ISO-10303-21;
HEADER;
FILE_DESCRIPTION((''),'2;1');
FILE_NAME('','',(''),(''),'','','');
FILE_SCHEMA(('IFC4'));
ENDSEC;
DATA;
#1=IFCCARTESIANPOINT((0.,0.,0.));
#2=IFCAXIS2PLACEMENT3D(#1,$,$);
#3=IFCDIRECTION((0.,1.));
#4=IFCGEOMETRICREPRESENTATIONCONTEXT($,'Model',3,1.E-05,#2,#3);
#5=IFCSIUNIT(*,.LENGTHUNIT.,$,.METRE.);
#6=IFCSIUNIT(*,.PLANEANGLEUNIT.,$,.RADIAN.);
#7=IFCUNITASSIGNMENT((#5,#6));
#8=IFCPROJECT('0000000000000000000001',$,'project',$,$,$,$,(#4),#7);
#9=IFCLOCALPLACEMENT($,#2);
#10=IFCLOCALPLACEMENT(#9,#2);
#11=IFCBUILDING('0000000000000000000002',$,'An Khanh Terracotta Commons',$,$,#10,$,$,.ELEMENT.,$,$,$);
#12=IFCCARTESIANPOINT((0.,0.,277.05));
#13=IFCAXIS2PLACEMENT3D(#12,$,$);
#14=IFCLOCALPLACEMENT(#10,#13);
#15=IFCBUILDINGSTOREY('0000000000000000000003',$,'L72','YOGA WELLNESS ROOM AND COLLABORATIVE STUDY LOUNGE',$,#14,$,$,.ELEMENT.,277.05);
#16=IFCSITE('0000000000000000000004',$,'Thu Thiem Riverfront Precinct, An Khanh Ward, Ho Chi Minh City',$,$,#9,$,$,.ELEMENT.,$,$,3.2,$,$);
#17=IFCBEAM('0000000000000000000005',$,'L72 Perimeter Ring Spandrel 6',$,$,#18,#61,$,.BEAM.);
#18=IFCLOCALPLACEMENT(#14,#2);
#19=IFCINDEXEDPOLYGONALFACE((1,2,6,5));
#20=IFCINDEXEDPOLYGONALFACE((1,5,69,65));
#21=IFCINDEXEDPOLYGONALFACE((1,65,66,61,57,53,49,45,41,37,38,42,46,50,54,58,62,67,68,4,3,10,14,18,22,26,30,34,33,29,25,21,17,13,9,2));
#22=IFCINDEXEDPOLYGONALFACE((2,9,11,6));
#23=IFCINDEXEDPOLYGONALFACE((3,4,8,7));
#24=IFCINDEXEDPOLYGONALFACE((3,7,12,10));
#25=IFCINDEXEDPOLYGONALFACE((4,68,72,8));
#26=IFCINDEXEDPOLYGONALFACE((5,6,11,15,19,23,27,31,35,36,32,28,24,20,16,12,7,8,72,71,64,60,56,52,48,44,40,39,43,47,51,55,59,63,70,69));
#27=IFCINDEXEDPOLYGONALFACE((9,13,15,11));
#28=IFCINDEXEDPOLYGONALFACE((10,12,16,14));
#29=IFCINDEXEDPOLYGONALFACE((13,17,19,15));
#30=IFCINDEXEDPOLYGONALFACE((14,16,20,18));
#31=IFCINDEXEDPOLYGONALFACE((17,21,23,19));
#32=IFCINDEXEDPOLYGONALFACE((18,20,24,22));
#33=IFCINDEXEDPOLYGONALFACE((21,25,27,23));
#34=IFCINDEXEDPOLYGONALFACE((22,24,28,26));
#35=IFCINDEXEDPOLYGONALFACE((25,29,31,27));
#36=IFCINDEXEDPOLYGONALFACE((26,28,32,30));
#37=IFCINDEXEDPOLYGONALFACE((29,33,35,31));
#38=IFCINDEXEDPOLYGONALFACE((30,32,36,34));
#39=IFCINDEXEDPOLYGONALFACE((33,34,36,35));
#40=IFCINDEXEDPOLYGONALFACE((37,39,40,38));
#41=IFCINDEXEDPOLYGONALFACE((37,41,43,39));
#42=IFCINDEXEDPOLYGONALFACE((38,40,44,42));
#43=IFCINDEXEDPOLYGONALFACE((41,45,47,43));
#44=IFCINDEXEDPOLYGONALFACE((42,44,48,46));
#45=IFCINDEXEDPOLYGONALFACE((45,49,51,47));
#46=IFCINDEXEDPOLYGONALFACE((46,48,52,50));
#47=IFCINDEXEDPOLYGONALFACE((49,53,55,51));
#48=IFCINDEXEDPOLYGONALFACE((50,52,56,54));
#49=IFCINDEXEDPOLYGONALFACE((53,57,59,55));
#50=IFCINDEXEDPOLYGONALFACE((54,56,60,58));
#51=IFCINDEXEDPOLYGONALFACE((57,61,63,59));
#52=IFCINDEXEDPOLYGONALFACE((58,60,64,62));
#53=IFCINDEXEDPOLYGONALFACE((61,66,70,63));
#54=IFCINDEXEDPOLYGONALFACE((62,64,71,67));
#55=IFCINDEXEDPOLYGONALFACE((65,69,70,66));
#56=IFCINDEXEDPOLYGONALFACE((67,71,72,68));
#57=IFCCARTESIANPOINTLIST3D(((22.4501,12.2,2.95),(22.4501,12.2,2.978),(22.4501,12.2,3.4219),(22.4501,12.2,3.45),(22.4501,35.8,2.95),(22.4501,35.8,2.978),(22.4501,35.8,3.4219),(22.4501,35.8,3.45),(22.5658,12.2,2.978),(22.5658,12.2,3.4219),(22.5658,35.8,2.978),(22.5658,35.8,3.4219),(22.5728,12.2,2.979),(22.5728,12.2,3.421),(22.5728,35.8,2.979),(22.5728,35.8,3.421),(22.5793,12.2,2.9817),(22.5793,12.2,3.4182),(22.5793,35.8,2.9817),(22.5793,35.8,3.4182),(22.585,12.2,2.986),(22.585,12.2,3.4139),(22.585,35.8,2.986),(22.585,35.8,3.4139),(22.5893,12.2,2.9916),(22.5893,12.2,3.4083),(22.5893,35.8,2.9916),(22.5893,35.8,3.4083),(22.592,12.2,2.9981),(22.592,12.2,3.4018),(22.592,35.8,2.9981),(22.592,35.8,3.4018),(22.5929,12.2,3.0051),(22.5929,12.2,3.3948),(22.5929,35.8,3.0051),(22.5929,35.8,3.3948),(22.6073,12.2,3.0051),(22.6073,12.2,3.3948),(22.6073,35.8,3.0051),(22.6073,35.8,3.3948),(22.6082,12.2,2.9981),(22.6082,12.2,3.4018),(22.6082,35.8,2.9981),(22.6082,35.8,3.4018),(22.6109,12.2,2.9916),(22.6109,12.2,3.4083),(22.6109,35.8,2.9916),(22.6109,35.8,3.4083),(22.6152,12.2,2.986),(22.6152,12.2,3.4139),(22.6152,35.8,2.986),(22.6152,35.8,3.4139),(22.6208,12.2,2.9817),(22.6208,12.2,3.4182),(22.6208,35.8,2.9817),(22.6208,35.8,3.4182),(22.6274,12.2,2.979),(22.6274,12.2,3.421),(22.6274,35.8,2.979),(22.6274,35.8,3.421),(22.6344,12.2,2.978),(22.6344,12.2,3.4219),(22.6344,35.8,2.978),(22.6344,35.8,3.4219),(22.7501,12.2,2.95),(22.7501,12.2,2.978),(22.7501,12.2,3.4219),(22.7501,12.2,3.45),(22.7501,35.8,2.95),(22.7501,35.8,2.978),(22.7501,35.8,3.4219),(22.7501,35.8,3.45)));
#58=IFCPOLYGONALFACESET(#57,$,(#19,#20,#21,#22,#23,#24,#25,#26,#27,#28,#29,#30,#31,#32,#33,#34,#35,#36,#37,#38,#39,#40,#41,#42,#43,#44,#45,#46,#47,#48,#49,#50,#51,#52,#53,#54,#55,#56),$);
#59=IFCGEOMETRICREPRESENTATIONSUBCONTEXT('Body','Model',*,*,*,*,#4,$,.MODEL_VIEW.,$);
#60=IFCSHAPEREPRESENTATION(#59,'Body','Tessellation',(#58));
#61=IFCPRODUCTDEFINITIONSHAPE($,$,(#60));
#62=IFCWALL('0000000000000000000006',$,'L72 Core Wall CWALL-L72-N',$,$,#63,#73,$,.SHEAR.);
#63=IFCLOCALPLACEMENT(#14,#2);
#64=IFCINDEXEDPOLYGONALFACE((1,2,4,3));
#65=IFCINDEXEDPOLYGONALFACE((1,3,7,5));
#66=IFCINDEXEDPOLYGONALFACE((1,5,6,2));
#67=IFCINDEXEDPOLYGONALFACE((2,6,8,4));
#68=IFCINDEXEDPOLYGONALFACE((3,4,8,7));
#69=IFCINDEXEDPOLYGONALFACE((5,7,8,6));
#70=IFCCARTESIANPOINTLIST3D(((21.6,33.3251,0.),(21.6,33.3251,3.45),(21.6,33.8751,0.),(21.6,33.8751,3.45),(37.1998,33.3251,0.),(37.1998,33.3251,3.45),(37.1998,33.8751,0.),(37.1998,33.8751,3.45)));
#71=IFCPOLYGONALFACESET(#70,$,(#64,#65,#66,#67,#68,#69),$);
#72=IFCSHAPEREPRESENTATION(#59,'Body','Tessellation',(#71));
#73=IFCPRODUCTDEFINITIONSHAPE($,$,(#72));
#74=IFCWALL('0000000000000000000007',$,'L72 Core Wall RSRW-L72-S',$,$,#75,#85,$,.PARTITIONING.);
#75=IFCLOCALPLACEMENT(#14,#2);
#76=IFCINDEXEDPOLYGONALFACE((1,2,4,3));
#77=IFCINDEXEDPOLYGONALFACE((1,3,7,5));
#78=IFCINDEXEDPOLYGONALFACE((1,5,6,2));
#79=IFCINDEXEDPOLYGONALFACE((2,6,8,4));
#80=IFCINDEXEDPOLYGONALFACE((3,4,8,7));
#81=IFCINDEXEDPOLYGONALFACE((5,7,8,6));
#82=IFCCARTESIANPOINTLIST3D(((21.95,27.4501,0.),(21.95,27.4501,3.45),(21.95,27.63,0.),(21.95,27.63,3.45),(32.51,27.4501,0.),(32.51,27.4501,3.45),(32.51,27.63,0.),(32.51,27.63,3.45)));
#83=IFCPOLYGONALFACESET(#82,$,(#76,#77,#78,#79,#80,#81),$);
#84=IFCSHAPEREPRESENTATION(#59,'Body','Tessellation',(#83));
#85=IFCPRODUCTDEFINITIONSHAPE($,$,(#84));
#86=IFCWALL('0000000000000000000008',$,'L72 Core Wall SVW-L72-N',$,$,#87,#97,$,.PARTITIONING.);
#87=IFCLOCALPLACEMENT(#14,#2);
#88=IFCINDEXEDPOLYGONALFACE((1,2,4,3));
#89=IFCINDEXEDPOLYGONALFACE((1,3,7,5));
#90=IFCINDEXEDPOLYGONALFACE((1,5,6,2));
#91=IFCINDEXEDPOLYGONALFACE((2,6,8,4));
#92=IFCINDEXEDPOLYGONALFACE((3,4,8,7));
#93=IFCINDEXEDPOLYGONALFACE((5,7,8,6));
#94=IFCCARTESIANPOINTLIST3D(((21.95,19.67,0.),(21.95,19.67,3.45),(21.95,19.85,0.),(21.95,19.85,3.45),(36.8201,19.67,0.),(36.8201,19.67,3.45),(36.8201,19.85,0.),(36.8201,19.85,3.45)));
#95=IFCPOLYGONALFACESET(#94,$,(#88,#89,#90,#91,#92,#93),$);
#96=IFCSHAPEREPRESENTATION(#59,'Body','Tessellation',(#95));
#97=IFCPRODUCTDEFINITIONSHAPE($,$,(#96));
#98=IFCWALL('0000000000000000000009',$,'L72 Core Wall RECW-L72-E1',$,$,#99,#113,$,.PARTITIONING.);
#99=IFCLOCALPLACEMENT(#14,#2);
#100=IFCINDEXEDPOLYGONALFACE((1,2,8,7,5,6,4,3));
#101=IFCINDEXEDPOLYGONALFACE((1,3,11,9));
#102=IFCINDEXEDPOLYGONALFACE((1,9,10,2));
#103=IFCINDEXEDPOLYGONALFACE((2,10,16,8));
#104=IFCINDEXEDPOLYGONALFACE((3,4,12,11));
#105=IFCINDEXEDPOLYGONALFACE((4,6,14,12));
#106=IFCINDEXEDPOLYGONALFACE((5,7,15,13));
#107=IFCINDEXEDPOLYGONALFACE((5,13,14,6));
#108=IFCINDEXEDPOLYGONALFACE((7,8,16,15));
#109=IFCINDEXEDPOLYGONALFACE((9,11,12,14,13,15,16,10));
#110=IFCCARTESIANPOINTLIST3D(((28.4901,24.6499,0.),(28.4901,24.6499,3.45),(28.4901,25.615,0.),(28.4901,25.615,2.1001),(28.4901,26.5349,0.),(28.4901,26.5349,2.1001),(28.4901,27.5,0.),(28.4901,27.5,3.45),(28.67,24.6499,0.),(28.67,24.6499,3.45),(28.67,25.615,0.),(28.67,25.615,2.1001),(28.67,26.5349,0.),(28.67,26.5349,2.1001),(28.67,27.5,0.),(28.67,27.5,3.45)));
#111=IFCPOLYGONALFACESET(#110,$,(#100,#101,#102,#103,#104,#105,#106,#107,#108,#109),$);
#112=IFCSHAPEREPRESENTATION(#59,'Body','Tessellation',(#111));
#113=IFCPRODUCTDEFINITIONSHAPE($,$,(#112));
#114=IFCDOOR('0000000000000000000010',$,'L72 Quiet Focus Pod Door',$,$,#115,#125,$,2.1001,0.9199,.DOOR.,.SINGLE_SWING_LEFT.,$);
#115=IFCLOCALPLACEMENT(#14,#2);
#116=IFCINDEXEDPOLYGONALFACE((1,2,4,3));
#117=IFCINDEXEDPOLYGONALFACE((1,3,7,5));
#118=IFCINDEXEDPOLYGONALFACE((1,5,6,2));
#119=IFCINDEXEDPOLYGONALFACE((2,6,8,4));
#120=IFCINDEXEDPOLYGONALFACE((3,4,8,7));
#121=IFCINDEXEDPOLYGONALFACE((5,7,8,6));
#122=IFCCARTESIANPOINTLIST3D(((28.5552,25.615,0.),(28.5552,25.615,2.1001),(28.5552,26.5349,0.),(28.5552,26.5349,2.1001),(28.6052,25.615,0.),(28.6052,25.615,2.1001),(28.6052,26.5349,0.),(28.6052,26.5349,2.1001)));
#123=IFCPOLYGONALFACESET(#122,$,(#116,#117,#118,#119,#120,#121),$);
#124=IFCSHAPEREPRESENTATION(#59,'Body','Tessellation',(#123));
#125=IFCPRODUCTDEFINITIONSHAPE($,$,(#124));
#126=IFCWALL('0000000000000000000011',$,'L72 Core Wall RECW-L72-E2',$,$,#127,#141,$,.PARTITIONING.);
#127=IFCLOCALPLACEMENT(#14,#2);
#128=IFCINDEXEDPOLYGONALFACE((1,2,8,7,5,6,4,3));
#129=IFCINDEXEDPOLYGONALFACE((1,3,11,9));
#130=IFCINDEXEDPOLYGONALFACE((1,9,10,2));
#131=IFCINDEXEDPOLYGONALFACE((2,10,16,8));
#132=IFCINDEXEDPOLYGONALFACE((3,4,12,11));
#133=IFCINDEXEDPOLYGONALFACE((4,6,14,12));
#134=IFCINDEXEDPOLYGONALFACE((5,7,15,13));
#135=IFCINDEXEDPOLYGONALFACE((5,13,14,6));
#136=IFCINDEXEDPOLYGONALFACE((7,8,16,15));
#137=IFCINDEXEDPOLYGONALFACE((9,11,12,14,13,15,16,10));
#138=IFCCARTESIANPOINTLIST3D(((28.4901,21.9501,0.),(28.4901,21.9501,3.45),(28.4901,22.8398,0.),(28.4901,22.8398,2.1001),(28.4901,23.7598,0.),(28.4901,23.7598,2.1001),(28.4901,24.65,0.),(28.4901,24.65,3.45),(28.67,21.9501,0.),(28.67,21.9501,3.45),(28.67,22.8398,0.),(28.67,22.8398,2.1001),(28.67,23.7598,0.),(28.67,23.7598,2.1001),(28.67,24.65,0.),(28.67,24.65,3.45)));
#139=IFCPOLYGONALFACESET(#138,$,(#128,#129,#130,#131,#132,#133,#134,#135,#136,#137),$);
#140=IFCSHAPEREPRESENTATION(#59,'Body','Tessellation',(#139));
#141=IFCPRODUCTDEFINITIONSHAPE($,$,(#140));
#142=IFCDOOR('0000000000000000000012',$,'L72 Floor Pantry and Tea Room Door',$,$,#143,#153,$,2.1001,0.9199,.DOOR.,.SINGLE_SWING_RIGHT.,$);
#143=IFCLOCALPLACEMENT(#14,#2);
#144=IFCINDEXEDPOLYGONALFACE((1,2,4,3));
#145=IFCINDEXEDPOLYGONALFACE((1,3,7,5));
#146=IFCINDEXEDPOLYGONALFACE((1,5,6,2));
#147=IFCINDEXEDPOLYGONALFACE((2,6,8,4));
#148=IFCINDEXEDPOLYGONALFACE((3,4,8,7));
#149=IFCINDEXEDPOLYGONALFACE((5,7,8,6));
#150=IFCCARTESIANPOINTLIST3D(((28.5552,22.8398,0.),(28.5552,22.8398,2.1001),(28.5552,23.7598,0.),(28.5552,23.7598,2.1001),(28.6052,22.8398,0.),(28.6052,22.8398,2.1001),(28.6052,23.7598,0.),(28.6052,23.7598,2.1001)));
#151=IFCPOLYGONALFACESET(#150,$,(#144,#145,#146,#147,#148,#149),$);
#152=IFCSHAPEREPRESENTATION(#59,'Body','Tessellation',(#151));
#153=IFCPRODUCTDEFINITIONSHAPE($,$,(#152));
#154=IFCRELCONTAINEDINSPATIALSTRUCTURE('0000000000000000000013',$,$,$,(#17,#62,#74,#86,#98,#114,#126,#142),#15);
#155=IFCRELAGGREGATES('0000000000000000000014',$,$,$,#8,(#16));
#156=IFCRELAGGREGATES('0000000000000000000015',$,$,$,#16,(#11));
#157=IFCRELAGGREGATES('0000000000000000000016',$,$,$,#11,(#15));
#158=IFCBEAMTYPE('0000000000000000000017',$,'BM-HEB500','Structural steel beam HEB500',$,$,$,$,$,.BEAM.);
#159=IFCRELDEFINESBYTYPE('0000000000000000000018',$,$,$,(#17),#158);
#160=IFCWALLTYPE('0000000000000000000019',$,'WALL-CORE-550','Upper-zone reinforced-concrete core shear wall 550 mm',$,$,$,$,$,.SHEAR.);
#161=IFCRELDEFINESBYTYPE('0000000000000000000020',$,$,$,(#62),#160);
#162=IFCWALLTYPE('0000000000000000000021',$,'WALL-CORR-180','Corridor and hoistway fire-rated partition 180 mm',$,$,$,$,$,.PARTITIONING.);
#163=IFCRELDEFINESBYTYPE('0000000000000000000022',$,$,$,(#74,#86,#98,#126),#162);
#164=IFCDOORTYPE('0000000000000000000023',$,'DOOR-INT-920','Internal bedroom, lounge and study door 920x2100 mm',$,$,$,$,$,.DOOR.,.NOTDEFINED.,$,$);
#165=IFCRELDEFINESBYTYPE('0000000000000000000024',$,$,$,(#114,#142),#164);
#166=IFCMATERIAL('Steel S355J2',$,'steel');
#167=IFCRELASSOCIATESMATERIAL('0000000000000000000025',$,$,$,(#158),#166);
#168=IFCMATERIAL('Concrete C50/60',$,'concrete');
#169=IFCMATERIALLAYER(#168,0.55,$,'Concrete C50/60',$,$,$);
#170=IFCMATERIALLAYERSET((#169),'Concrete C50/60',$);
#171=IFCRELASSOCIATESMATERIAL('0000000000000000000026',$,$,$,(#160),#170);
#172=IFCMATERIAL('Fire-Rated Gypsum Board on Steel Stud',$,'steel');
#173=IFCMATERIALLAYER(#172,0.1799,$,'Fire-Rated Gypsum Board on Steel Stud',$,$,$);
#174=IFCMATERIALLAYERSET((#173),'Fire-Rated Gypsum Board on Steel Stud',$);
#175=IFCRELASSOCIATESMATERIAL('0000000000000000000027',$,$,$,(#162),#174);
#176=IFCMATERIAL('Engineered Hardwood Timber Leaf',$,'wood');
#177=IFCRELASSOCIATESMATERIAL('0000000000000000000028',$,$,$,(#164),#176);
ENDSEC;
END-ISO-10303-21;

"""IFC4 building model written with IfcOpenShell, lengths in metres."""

from ifc_helpers import new_model, si_unit, direction, frame, frame_2d, origin, origin_2d, place, context, subcontext, project, spatial, rectangle, i_section, extrude, material, layer, layer_set, material_profile, profile_set, type_object, element, fill, save


model = new_model("IFC4")

# Units and contexts
model_context = context("Model", 3, precision=1e-05, world=origin(), true_north=direction((0.0, 1.0)))
body_context = subcontext(model_context, "Body", "Model", "MODEL_VIEW")
ifc_project = project(units=[si_unit("LENGTHUNIT", "METRE"), si_unit("PLANEANGLEUNIT", "RADIAN")], contexts=[model_context])

# Site, building, storey
site_placement = place(None, origin())
site = spatial("IfcSite", under=ifc_project, at=site_placement, Name="Thu Thiem Riverfront Precinct, An Khanh Ward, Ho Chi Minh City", CompositionType="ELEMENT", RefElevation=3.2)
building_placement = place(site_placement, origin())
building = spatial("IfcBuilding", under=site, at=building_placement, Name="An Khanh Terracotta Commons", CompositionType="ELEMENT")
storey_placement = place(building_placement, frame((0.0, 0.0, 277.05)))
storey = spatial("IfcBuildingStorey", under=building, at=storey_placement, Name="L72", Description="YOGA WELLNESS ROOM AND COLLABORATIVE STUDY LOUNGE", CompositionType="ELEMENT", Elevation=277.05)

# Shared definitions
ifc_material_1 = material(Name="Concrete C50/60", Category="concrete")

# Beam
ifc_material_2 = material(Name="Steel S355J2", Category="steel")
ifc_material_profile_1 = material_profile(ifc_material_2, i_section(OverallWidth=0.3, OverallDepth=0.5, WebThickness=0.0144, FlangeThickness=0.0281, FilletRadius=0.0271, at=origin_2d()), Name="HEB500")
ifc_profile_set_1 = profile_set([ifc_material_profile_1], Name="Steel S355J2")
beam_type_1 = type_object("IfcBeamType", Name="BM-HEB500", Description="Structural steel beam HEB500", PredefinedType="BEAM", material=ifc_profile_set_1)
beam_1_placement = place(storey_placement, frame((22.6001, 35.8, 3.2), z_axis=(0.0, -1.0, 0.0), x_axis=(1.0, 0.0, 0.0)))
element("IfcBeam", 1, at=beam_1_placement, inside=storey, type_object=beam_type_1, Name="L72 Perimeter Ring Spandrel 6", PredefinedType="BEAM", context=body_context, shape_type="SweptSolid", body=[
    extrude(i_section(OverallWidth=0.3, OverallDepth=0.5, WebThickness=0.0144, FlangeThickness=0.0281, FilletRadius=0.0271, at=origin_2d()), origin(), (0.0, 0.0, 1.0), 23.6001),
])

# Walls
ifc_layer_1 = layer(ifc_material_1, 0.55, Name="Concrete C50/60")
ifc_layer_set_1 = layer_set([ifc_layer_1], Name="Concrete C50/60")
wall_type_1 = type_object("IfcWallType", Name="WALL-CORE-550", Description="Upper-zone reinforced-concrete core shear wall 550 mm", PredefinedType="SHEAR", material=ifc_layer_set_1)
wall_1_placement = place(storey_placement, frame((21.6001, 33.6001, 0.0), z_axis=(0.0, 0.0, 1.0), x_axis=(1.0, 0.0, 0.0)))
element("IfcWall", 2, at=wall_1_placement, inside=storey, type_object=wall_type_1, Name="L72 Core Wall CWALL-L72-N", PredefinedType="SHEAR", context=body_context, shape_type="SweptSolid", body=[
    extrude(rectangle(XDim=15.5999, YDim=0.55, at=frame_2d((7.7998, 0.0))), origin(), (0.0, 0.0, 1.0), 3.45),
])
ifc_material_3 = material(Name="Fire-Rated Gypsum Board on Steel Stud", Category="steel")
ifc_layer_2 = layer(ifc_material_3, 0.1799, Name="Fire-Rated Gypsum Board on Steel Stud")
ifc_layer_set_2 = layer_set([ifc_layer_2], Name="Fire-Rated Gypsum Board on Steel Stud")
wall_type_2 = type_object("IfcWallType", Name="WALL-CORR-180", Description="Corridor and hoistway fire-rated partition 180 mm", PredefinedType="PARTITIONING", material=ifc_layer_set_2)
wall_2_placement = place(storey_placement, frame((21.95, 27.54, 0.0), z_axis=(0.0, 0.0, 1.0), x_axis=(1.0, 0.0, 0.0)))
element("IfcWall", 3, at=wall_2_placement, inside=storey, type_object=wall_type_2, Name="L72 Core Wall RSRW-L72-S", PredefinedType="PARTITIONING", context=body_context, shape_type="SweptSolid", body=[
    extrude(rectangle(XDim=10.5601, YDim=0.1799, at=frame_2d((5.28, 0.0))), origin(), (0.0, 0.0, 1.0), 3.45),
])
wall_3_placement = place(storey_placement, frame((21.95, 19.76, 0.0), z_axis=(0.0, 0.0, 1.0), x_axis=(1.0, 0.0, 0.0)))
element("IfcWall", 4, at=wall_3_placement, inside=storey, type_object=wall_type_2, Name="L72 Core Wall SVW-L72-N", PredefinedType="PARTITIONING", context=body_context, shape_type="SweptSolid", body=[
    extrude(rectangle(XDim=14.8701, YDim=0.1799, at=frame_2d((7.4351, 0.0))), origin(), (0.0, 0.0, 1.0), 3.45),
])

# Walls, openings, doors
wall_4_placement = place(storey_placement, frame((28.5801, 24.6499, 0.0), z_axis=(0.0, 0.0, 1.0), x_axis=(0.0, 1.0, 0.0)))
wall_4 = element("IfcWall", 5, at=wall_4_placement, inside=storey, type_object=wall_type_2, Name="L72 Core Wall RECW-L72-E1", PredefinedType="PARTITIONING", context=body_context, shape_type="SweptSolid", body=[
    extrude(rectangle(XDim=2.8501, YDim=0.1799, at=frame_2d((1.425, 0.0))), origin(), (0.0, 0.0, 1.0), 3.45),
])
opening_1_placement = place(wall_4_placement, frame((0.9651, 0.0, 0.0)))
opening_1 = element("IfcOpeningElement", 6, at=opening_1_placement, cuts=wall_4, PredefinedType="OPENING", context=body_context, shape_type="SweptSolid", body=[
    extrude(rectangle(XDim=0.9199, YDim=2.1001, at=frame_2d((0.46, 1.05))), frame((0.0, 0.0999, 0.0), z_axis=(0.0, -1.0, 0.0), x_axis=(1.0, 0.0, 0.0)), (0.0, 0.0, 1.0), 0.2),
])
ifc_material_4 = material(Name="Engineered Hardwood Timber Leaf", Category="wood")
door_type = type_object("IfcDoorType", Name="DOOR-INT-920", Description="Internal bedroom, lounge and study door 920x2100 mm", OperationType="NOTDEFINED", PredefinedType="DOOR", material=ifc_material_4)
door_1_placement = place(opening_1_placement, origin())
door_1 = element("IfcDoor", 7, at=door_1_placement, inside=storey, type_object=door_type, Name="L72 Quiet Focus Pod Door", OperationType="SINGLE_SWING_LEFT", OverallHeight=2.1001, OverallWidth=0.9199, PredefinedType="DOOR", context=body_context, shape_type="SweptSolid", body=[
    extrude(rectangle(XDim=0.9199, YDim=2.1001, at=frame_2d((0.46, 1.05))), frame((0.0, 0.0249, 0.0), z_axis=(0.0, -1.0, 0.0), x_axis=(1.0, 0.0, 0.0)), (0.0, 0.0, 1.0), 0.05),
])
fill(opening_1, door_1)
wall_5_placement = place(storey_placement, frame((28.5801, 21.95, 0.0), z_axis=(0.0, 0.0, 1.0), x_axis=(0.0, 1.0, 0.0)))
wall_5 = element("IfcWall", 8, at=wall_5_placement, inside=storey, type_object=wall_type_2, Name="L72 Core Wall RECW-L72-E2", PredefinedType="PARTITIONING", context=body_context, shape_type="SweptSolid", body=[
    extrude(rectangle(XDim=2.7, YDim=0.1799, at=frame_2d((1.3501, 0.0))), origin(), (0.0, 0.0, 1.0), 3.45),
])
opening_2_placement = place(wall_5_placement, frame((0.8899, 0.0, 0.0)))
opening_2 = element("IfcOpeningElement", 9, at=opening_2_placement, cuts=wall_5, PredefinedType="OPENING", context=body_context, shape_type="SweptSolid", body=[
    extrude(rectangle(XDim=0.9199, YDim=2.1001, at=frame_2d((0.46, 1.05))), frame((0.0, 0.0999, 0.0), z_axis=(0.0, -1.0, 0.0), x_axis=(1.0, 0.0, 0.0)), (0.0, 0.0, 1.0), 0.2),
])
door_2_placement = place(opening_2_placement, origin())
door_2 = element("IfcDoor", 10, at=door_2_placement, inside=storey, type_object=door_type, Name="L72 Floor Pantry and Tea Room Door", OperationType="SINGLE_SWING_RIGHT", OverallHeight=2.1001, OverallWidth=0.9199, PredefinedType="DOOR", context=body_context, shape_type="SweptSolid", body=[
    extrude(rectangle(XDim=0.9199, YDim=2.1001, at=frame_2d((0.46, 1.05))), frame((0.0, 0.0249, 0.0), z_axis=(0.0, -1.0, 0.0), x_axis=(1.0, 0.0, 0.0)), (0.0, 0.0, 1.0), 0.05),
])
fill(opening_2, door_2)

save(model, "model.ifc")
